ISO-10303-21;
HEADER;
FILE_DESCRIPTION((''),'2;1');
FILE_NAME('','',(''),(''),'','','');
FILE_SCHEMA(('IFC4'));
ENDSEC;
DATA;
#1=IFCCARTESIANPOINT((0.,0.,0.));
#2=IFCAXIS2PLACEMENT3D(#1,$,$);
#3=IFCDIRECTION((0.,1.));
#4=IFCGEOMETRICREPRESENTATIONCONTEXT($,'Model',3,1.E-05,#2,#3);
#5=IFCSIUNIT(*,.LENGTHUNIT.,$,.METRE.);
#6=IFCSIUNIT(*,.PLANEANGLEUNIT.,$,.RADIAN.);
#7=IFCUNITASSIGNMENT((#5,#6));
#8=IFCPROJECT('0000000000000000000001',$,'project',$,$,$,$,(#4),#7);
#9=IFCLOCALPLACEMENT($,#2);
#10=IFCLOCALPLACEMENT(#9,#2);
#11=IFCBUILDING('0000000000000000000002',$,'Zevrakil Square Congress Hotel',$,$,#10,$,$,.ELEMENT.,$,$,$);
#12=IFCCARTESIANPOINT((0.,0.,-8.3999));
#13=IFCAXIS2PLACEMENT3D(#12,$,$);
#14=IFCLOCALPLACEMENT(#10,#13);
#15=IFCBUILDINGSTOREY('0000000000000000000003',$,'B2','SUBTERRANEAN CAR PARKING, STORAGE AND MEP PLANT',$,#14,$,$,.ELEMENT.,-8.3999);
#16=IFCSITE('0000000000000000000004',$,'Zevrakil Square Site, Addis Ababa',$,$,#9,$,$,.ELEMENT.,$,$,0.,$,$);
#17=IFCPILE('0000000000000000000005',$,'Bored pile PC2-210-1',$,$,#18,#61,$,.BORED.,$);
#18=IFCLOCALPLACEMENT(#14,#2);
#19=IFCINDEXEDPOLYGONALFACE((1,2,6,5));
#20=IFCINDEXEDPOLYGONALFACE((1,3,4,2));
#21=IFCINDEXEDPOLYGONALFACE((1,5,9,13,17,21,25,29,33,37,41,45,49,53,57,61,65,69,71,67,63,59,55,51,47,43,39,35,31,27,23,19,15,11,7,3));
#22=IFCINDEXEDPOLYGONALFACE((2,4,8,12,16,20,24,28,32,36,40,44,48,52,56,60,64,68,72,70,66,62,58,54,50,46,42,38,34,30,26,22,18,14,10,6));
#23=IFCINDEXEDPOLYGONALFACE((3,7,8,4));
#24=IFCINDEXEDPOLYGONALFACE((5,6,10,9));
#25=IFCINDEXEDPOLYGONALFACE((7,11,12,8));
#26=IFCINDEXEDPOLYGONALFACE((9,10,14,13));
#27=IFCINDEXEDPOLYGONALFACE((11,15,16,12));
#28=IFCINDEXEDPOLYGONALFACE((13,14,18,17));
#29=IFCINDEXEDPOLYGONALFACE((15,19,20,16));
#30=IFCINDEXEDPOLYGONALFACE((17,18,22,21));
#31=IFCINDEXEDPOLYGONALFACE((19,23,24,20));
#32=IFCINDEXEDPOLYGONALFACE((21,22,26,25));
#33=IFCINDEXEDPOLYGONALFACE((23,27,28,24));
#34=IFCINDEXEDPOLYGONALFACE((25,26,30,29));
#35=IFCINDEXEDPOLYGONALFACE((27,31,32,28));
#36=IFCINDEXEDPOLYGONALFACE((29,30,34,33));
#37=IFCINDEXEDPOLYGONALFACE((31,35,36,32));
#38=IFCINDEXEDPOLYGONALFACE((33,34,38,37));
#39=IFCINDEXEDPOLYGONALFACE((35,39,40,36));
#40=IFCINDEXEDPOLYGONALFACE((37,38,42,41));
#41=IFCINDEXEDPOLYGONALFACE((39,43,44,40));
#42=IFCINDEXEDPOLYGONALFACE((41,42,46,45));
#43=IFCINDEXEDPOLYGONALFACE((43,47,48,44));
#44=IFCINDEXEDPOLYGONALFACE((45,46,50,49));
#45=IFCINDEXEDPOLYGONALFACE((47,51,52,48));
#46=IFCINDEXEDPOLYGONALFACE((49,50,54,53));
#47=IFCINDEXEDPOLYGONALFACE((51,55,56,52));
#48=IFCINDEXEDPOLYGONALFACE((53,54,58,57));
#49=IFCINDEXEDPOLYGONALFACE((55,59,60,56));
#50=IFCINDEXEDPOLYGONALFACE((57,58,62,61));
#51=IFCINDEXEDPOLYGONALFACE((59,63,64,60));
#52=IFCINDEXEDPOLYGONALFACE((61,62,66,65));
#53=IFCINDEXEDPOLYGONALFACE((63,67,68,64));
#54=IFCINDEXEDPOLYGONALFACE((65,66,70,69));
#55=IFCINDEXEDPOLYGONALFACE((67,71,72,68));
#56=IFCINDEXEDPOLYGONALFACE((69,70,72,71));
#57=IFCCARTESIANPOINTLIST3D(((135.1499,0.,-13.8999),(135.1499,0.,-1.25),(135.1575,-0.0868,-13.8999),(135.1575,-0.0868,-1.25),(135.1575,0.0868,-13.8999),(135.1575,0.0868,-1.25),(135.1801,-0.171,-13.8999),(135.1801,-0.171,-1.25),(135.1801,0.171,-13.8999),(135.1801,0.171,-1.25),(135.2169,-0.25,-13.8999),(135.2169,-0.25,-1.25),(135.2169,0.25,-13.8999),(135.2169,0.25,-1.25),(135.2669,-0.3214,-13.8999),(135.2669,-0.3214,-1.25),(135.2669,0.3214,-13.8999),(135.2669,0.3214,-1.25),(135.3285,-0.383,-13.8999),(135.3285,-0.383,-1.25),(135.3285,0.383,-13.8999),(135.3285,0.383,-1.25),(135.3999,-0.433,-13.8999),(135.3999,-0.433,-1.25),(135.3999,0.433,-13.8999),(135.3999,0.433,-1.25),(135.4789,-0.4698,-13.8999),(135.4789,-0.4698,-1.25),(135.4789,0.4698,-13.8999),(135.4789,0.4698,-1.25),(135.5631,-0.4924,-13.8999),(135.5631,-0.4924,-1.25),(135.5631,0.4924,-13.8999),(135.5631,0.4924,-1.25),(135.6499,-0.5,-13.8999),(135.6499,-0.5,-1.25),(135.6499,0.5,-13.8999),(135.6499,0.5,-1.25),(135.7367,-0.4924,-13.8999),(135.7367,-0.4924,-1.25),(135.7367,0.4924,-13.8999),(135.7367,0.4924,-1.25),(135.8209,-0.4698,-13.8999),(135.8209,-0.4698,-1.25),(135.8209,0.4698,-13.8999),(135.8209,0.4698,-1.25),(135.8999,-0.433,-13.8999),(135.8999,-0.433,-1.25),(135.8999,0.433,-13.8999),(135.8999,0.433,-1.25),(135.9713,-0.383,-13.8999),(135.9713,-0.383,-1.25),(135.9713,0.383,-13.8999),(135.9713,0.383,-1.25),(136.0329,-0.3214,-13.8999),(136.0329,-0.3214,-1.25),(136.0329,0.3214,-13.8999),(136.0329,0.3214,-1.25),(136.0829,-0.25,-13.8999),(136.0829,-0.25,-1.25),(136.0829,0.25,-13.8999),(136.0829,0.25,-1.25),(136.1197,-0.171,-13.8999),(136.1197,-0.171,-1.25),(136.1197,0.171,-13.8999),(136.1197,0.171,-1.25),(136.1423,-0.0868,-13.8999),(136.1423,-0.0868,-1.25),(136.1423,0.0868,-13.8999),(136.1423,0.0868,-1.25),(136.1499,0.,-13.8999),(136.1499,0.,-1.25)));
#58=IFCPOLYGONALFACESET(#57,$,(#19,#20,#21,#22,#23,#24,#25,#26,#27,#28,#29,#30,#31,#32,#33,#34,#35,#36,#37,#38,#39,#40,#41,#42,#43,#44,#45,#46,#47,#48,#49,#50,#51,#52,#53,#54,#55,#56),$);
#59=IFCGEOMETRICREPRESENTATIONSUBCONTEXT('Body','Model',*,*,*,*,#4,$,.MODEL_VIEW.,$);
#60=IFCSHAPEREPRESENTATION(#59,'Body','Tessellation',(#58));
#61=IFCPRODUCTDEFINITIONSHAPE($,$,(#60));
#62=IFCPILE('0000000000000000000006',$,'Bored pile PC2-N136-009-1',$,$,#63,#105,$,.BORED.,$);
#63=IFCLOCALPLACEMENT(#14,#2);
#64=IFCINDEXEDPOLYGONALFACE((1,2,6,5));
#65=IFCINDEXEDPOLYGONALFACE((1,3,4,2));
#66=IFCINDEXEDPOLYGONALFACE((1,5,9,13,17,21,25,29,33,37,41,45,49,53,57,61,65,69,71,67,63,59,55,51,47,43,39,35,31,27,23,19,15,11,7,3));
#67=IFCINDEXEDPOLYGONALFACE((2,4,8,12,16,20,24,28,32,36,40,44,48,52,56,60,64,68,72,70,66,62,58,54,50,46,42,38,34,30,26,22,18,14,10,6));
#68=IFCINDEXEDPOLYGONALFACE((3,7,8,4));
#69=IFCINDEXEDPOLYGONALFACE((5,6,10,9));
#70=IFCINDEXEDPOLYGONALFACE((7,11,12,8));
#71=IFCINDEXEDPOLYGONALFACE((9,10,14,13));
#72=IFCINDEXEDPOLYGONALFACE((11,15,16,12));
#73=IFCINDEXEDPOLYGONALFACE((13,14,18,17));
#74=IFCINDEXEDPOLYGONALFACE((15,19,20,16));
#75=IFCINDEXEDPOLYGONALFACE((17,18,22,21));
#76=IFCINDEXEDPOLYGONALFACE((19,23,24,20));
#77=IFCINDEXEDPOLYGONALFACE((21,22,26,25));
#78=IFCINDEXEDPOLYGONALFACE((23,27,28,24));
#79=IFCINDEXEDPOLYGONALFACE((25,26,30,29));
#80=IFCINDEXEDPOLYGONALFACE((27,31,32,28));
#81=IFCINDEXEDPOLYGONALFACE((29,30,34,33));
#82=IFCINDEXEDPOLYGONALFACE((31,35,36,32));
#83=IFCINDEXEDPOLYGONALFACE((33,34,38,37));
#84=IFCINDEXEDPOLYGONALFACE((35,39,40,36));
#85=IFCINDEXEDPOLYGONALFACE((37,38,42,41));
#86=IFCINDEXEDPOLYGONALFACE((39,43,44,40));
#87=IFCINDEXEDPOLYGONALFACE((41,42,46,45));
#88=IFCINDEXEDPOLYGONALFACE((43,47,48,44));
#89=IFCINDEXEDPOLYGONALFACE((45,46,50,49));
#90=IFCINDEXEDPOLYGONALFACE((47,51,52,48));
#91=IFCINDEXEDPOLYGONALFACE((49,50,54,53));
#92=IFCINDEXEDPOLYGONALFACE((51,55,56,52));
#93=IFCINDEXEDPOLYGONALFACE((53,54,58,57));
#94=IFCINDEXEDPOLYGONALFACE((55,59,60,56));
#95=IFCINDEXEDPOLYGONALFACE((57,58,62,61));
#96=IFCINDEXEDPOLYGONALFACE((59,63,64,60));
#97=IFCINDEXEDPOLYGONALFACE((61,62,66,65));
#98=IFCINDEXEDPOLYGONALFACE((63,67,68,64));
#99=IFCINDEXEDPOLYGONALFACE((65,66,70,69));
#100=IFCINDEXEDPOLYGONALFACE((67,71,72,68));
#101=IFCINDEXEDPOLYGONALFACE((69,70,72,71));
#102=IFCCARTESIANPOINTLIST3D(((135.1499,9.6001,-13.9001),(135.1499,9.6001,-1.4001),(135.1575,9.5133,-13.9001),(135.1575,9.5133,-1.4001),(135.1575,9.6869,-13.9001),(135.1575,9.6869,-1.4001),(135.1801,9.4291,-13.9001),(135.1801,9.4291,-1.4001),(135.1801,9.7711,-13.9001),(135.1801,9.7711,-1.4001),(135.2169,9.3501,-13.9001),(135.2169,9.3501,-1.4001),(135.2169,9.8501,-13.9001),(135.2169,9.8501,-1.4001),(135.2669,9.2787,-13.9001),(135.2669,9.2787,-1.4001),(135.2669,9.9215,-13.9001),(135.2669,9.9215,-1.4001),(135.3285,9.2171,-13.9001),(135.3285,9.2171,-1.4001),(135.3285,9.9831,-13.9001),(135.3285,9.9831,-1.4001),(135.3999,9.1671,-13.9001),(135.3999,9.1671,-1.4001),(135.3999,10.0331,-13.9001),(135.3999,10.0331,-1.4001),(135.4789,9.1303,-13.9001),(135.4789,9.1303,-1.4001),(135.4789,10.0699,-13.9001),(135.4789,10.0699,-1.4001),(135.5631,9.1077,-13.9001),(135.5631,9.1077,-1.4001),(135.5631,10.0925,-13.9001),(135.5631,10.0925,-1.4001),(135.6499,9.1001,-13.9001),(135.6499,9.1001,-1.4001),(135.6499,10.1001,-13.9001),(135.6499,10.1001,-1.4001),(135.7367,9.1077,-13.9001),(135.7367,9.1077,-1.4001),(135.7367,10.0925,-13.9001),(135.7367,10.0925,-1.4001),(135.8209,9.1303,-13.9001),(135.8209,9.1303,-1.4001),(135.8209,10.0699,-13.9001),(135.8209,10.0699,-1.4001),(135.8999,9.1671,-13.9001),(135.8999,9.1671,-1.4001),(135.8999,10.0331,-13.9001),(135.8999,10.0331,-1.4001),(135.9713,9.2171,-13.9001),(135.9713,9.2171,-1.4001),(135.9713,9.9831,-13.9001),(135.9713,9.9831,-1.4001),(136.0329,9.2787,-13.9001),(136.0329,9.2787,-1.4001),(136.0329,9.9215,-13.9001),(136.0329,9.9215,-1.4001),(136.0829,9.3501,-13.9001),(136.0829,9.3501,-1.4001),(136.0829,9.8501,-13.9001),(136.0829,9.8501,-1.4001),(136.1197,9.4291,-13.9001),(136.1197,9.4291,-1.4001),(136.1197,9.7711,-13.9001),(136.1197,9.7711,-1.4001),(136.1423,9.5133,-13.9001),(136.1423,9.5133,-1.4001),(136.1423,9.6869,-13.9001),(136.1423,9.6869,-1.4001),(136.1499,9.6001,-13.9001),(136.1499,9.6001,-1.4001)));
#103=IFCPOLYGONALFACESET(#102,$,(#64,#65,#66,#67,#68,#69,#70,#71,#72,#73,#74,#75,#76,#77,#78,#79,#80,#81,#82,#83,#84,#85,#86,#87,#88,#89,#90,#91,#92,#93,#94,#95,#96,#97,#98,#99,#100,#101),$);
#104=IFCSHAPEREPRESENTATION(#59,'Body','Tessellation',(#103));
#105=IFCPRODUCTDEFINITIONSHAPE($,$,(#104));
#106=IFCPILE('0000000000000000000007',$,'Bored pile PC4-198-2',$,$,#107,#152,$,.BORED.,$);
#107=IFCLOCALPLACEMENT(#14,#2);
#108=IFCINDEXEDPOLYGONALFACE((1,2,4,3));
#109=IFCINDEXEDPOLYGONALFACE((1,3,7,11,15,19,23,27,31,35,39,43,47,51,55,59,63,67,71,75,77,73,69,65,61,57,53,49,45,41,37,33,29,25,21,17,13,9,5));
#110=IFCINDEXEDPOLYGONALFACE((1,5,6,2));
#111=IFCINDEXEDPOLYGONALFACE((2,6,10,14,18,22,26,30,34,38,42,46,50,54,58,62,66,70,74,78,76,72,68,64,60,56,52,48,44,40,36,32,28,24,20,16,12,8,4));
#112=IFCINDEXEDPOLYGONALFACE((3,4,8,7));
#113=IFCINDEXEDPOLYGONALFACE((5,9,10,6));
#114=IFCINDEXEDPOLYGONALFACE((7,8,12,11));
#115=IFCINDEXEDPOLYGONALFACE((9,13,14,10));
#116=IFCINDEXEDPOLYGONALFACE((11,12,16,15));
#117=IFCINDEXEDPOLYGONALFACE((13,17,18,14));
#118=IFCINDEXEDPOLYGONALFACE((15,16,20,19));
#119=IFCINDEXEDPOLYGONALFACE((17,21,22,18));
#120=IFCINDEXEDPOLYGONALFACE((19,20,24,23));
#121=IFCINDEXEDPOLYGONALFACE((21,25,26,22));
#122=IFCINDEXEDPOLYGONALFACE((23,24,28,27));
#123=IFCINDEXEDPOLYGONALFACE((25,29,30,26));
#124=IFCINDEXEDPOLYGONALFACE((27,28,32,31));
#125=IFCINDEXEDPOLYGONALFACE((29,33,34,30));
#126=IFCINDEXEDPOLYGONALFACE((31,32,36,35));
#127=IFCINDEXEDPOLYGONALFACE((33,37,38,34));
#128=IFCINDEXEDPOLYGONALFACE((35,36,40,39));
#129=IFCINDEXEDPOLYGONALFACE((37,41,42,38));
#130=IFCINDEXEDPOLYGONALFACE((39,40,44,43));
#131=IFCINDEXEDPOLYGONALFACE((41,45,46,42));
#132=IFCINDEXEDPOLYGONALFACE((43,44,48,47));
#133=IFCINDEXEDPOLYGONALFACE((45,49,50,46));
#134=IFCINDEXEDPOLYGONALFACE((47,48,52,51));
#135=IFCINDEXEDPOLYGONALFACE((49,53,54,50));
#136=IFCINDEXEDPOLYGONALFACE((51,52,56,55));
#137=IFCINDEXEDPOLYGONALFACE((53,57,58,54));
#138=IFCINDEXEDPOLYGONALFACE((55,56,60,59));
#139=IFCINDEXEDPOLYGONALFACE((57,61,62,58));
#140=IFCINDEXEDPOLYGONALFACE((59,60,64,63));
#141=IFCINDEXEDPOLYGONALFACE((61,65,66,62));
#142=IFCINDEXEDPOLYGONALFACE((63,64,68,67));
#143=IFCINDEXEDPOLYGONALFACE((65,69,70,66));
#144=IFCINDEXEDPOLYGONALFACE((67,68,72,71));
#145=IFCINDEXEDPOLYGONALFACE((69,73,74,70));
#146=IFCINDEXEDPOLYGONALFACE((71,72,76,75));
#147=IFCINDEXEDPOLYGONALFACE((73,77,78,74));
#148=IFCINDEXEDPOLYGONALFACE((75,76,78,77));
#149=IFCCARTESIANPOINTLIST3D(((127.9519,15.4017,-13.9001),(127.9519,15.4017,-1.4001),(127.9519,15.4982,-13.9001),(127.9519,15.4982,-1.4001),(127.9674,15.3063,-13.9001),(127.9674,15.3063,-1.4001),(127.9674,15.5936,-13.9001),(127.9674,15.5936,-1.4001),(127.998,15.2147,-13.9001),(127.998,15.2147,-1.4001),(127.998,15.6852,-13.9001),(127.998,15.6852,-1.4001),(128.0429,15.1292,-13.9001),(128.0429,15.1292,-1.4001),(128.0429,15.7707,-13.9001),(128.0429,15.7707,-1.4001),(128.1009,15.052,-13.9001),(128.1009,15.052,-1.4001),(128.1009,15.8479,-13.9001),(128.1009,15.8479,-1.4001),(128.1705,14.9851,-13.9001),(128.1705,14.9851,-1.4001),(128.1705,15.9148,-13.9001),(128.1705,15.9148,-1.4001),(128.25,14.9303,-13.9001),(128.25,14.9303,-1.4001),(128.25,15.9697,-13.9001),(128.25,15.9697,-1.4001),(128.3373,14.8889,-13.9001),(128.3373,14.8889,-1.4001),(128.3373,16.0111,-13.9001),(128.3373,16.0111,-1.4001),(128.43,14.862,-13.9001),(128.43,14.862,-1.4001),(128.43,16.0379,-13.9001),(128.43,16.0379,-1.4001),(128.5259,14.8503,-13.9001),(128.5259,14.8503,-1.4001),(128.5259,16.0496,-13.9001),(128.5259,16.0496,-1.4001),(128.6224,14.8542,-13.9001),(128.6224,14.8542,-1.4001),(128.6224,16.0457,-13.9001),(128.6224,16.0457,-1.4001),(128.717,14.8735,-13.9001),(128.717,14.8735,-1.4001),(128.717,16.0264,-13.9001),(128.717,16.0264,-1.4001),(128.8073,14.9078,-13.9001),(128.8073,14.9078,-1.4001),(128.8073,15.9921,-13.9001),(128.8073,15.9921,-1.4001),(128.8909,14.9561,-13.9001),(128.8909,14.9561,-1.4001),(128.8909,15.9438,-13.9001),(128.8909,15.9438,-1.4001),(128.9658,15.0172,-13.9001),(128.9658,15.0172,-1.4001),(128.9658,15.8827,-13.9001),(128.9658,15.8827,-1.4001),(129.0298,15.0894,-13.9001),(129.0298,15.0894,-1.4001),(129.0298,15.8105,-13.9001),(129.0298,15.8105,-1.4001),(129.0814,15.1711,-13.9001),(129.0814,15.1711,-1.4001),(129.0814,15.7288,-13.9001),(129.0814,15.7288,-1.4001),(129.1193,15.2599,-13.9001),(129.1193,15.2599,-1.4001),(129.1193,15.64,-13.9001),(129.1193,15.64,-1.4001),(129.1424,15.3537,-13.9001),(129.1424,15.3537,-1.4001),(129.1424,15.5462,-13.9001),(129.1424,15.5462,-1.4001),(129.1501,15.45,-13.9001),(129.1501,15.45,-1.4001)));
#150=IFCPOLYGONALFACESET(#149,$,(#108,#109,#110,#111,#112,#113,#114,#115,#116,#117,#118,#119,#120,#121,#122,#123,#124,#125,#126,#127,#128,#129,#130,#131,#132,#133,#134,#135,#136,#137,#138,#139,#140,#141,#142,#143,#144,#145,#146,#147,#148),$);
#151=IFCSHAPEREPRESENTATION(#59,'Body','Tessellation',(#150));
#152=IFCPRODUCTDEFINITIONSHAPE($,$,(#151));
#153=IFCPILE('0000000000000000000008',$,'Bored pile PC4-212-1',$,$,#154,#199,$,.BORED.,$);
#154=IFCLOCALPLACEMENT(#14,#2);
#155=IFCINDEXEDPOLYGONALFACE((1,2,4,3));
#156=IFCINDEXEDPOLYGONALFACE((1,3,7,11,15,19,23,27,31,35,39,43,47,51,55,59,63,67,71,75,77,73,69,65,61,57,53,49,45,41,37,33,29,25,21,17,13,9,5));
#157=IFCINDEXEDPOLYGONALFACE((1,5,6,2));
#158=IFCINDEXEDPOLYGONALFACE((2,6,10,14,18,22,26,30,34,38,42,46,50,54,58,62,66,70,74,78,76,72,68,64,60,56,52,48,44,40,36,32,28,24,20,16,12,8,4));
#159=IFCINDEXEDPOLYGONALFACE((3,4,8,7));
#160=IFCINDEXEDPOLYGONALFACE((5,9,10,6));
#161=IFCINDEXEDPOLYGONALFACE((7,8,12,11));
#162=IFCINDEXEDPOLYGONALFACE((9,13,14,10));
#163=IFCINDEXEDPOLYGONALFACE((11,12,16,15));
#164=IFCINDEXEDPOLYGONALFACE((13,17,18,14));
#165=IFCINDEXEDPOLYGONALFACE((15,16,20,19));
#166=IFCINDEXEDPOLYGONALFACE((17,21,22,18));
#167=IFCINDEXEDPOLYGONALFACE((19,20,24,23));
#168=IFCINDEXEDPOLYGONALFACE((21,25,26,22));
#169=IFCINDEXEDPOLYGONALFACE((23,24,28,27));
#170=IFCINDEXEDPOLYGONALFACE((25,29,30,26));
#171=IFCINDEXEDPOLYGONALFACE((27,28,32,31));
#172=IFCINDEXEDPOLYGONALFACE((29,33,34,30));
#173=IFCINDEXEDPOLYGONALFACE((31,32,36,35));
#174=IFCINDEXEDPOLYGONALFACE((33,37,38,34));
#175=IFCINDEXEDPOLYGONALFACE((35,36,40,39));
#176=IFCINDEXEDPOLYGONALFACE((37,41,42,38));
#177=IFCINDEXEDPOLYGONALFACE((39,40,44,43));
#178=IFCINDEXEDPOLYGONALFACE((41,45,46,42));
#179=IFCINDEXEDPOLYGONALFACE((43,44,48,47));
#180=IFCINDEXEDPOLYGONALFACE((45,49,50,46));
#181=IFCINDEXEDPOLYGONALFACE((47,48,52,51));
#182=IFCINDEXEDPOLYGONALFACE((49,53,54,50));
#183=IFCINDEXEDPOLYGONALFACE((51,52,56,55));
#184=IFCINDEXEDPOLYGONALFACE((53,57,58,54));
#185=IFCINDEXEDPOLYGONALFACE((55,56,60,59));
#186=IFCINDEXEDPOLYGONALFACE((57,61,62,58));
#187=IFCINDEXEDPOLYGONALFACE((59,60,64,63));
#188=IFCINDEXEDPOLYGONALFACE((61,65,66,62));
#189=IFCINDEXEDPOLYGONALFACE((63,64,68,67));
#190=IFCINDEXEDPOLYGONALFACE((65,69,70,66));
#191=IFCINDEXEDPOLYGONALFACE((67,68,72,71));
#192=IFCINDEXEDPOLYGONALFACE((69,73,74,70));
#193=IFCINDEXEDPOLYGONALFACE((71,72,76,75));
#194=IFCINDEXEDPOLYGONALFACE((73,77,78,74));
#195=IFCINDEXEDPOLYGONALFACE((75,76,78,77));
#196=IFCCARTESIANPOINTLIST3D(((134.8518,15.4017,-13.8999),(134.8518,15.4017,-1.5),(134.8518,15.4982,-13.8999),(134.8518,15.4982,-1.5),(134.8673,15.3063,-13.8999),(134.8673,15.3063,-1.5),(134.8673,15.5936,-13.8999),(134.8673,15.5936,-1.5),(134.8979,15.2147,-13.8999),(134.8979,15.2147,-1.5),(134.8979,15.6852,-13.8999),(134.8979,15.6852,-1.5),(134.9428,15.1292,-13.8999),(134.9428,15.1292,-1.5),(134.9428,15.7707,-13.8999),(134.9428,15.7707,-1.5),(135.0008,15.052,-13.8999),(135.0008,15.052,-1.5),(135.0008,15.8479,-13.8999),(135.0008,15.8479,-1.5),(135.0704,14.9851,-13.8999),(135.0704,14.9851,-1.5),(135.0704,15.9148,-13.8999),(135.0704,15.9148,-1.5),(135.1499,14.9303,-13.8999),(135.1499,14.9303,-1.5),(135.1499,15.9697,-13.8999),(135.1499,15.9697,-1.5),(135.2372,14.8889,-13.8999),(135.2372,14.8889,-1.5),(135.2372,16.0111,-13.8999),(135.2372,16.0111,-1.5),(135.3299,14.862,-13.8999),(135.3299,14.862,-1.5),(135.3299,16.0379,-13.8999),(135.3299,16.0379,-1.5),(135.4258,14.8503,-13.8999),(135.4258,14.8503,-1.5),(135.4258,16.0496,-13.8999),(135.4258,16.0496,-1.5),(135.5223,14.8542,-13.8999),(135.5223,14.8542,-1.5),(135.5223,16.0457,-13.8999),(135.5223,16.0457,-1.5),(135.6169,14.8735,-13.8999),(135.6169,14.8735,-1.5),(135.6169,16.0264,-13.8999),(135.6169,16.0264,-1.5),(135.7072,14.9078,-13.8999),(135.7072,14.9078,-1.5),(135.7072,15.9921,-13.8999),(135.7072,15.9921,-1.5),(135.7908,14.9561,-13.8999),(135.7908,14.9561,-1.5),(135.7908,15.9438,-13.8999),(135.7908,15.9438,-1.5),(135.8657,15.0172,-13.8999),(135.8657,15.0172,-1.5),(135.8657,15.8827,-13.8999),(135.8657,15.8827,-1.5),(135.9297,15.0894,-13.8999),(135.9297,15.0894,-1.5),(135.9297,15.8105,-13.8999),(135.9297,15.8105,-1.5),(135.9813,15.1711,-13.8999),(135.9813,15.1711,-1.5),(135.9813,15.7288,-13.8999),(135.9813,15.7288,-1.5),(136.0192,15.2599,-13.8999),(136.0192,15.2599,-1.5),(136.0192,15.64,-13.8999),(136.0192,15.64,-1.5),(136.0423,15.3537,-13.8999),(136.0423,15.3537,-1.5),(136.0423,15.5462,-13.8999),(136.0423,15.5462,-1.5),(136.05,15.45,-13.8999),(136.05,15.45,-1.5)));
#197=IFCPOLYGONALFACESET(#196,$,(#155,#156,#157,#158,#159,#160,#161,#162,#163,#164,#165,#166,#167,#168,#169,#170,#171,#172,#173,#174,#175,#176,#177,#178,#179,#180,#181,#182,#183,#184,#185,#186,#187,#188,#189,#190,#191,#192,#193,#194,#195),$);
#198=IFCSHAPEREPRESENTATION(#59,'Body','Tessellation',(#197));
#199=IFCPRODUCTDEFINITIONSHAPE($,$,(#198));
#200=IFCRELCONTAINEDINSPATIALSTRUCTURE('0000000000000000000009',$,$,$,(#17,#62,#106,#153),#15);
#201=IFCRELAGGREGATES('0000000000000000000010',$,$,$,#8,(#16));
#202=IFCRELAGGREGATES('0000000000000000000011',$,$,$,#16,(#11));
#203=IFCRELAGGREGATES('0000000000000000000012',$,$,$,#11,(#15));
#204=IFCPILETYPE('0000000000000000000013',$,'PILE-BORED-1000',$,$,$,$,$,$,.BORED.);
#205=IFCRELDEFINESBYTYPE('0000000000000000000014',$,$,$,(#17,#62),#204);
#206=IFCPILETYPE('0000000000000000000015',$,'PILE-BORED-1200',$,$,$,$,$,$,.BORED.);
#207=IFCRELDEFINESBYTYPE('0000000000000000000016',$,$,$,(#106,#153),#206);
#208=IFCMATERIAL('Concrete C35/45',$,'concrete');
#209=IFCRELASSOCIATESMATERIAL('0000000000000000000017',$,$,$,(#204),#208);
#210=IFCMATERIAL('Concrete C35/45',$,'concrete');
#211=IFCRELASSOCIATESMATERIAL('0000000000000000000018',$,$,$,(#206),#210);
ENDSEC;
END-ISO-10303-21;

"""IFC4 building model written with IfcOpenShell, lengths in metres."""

from ifc_helpers import new_model, si_unit, direction, frame, origin, origin_2d, place, context, subcontext, project, spatial, circle, extrude, material, material_profile, profile_set, type_object, element, save


model = new_model("IFC4")

# Units and contexts
model_context = context("Model", 3, precision=1e-05, world=origin(), true_north=direction((0.0, 1.0)))
body_context = subcontext(model_context, "Body", "Model", "MODEL_VIEW")
ifc_project = project(units=[si_unit("LENGTHUNIT", "METRE"), si_unit("PLANEANGLEUNIT", "RADIAN")], contexts=[model_context])

# Site, building, storey
site_placement = place(None, origin())
site = spatial("IfcSite", under=ifc_project, at=site_placement, Name="Zevrakil Square Site, Addis Ababa", CompositionType="ELEMENT", RefElevation=0.0)
building_placement = place(site_placement, origin())
building = spatial("IfcBuilding", under=site, at=building_placement, Name="Zevrakil Square Congress Hotel", CompositionType="ELEMENT")
storey_placement = place(building_placement, frame((0.0, 0.0, -8.3999)))
storey = spatial("IfcBuildingStorey", under=building, at=storey_placement, Name="B2", Description="SUBTERRANEAN CAR PARKING, STORAGE AND MEP PLANT", CompositionType="ELEMENT", Elevation=-8.3999)

# Piles
ifc_material_1 = material(Name="Concrete C35/45", Category="concrete")
ifc_material_profile_1 = material_profile(ifc_material_1, circle(Radius=0.5, at=origin_2d()), Name="PILE D1000")
ifc_profile_set_1 = profile_set([ifc_material_profile_1], Name="Concrete C35/45")
pile_type_1 = type_object("IfcPileType", Name="PILE-BORED-1000", PredefinedType="BORED", material=ifc_profile_set_1)
pile_1_placement = place(storey_placement, frame((135.6499, 0.0, -1.25), z_axis=(0.0, 0.0, -1.0), x_axis=(1.0, 0.0, 0.0)))
element("IfcPile", 1, at=pile_1_placement, inside=storey, type_object=pile_type_1, Name="Bored pile PC2-210-1", PredefinedType="BORED", context=body_context, shape_type="SweptSolid", body=[
    extrude(circle(Radius=0.5, at=origin_2d()), origin(), (0.0, 0.0, 1.0), 12.6499),
])
pile_2_placement = place(storey_placement, frame((135.6499, 9.6001, -1.4001), z_axis=(0.0, 0.0, -1.0), x_axis=(1.0, 0.0, 0.0)))
element("IfcPile", 2, at=pile_2_placement, inside=storey, type_object=pile_type_1, Name="Bored pile PC2-N136-009-1", PredefinedType="BORED", context=body_context, shape_type="SweptSolid", body=[
    extrude(circle(Radius=0.5, at=origin_2d()), origin(), (0.0, 0.0, 1.0), 12.5),
])
ifc_material_2 = material(Name="Concrete C35/45", Category="concrete")
ifc_material_profile_2 = material_profile(ifc_material_2, circle(Radius=0.6001, at=origin_2d()), Name="PILE D1200")
ifc_profile_set_2 = profile_set([ifc_material_profile_2], Name="Concrete C35/45")
pile_type_2 = type_object("IfcPileType", Name="PILE-BORED-1200", PredefinedType="BORED", material=ifc_profile_set_2)
pile_3_placement = place(storey_placement, frame((128.55, 15.45, -1.4001), z_axis=(0.0, 0.0, -1.0), x_axis=(1.0, 0.0, 0.0)))
element("IfcPile", 3, at=pile_3_placement, inside=storey, type_object=pile_type_2, Name="Bored pile PC4-198-2", PredefinedType="BORED", context=body_context, shape_type="SweptSolid", body=[
    extrude(circle(Radius=0.6001, at=origin_2d()), origin(), (0.0, 0.0, 1.0), 12.5),
])
pile_4_placement = place(storey_placement, frame((135.45, 15.45, -1.5), z_axis=(0.0, 0.0, -1.0), x_axis=(1.0, 0.0, 0.0)))
element("IfcPile", 4, at=pile_4_placement, inside=storey, type_object=pile_type_2, Name="Bored pile PC4-212-1", PredefinedType="BORED", context=body_context, shape_type="SweptSolid", body=[
    extrude(circle(Radius=0.6001, at=origin_2d()), origin(), (0.0, 0.0, 1.0), 12.3999),
])

save(model, "model.ifc")
